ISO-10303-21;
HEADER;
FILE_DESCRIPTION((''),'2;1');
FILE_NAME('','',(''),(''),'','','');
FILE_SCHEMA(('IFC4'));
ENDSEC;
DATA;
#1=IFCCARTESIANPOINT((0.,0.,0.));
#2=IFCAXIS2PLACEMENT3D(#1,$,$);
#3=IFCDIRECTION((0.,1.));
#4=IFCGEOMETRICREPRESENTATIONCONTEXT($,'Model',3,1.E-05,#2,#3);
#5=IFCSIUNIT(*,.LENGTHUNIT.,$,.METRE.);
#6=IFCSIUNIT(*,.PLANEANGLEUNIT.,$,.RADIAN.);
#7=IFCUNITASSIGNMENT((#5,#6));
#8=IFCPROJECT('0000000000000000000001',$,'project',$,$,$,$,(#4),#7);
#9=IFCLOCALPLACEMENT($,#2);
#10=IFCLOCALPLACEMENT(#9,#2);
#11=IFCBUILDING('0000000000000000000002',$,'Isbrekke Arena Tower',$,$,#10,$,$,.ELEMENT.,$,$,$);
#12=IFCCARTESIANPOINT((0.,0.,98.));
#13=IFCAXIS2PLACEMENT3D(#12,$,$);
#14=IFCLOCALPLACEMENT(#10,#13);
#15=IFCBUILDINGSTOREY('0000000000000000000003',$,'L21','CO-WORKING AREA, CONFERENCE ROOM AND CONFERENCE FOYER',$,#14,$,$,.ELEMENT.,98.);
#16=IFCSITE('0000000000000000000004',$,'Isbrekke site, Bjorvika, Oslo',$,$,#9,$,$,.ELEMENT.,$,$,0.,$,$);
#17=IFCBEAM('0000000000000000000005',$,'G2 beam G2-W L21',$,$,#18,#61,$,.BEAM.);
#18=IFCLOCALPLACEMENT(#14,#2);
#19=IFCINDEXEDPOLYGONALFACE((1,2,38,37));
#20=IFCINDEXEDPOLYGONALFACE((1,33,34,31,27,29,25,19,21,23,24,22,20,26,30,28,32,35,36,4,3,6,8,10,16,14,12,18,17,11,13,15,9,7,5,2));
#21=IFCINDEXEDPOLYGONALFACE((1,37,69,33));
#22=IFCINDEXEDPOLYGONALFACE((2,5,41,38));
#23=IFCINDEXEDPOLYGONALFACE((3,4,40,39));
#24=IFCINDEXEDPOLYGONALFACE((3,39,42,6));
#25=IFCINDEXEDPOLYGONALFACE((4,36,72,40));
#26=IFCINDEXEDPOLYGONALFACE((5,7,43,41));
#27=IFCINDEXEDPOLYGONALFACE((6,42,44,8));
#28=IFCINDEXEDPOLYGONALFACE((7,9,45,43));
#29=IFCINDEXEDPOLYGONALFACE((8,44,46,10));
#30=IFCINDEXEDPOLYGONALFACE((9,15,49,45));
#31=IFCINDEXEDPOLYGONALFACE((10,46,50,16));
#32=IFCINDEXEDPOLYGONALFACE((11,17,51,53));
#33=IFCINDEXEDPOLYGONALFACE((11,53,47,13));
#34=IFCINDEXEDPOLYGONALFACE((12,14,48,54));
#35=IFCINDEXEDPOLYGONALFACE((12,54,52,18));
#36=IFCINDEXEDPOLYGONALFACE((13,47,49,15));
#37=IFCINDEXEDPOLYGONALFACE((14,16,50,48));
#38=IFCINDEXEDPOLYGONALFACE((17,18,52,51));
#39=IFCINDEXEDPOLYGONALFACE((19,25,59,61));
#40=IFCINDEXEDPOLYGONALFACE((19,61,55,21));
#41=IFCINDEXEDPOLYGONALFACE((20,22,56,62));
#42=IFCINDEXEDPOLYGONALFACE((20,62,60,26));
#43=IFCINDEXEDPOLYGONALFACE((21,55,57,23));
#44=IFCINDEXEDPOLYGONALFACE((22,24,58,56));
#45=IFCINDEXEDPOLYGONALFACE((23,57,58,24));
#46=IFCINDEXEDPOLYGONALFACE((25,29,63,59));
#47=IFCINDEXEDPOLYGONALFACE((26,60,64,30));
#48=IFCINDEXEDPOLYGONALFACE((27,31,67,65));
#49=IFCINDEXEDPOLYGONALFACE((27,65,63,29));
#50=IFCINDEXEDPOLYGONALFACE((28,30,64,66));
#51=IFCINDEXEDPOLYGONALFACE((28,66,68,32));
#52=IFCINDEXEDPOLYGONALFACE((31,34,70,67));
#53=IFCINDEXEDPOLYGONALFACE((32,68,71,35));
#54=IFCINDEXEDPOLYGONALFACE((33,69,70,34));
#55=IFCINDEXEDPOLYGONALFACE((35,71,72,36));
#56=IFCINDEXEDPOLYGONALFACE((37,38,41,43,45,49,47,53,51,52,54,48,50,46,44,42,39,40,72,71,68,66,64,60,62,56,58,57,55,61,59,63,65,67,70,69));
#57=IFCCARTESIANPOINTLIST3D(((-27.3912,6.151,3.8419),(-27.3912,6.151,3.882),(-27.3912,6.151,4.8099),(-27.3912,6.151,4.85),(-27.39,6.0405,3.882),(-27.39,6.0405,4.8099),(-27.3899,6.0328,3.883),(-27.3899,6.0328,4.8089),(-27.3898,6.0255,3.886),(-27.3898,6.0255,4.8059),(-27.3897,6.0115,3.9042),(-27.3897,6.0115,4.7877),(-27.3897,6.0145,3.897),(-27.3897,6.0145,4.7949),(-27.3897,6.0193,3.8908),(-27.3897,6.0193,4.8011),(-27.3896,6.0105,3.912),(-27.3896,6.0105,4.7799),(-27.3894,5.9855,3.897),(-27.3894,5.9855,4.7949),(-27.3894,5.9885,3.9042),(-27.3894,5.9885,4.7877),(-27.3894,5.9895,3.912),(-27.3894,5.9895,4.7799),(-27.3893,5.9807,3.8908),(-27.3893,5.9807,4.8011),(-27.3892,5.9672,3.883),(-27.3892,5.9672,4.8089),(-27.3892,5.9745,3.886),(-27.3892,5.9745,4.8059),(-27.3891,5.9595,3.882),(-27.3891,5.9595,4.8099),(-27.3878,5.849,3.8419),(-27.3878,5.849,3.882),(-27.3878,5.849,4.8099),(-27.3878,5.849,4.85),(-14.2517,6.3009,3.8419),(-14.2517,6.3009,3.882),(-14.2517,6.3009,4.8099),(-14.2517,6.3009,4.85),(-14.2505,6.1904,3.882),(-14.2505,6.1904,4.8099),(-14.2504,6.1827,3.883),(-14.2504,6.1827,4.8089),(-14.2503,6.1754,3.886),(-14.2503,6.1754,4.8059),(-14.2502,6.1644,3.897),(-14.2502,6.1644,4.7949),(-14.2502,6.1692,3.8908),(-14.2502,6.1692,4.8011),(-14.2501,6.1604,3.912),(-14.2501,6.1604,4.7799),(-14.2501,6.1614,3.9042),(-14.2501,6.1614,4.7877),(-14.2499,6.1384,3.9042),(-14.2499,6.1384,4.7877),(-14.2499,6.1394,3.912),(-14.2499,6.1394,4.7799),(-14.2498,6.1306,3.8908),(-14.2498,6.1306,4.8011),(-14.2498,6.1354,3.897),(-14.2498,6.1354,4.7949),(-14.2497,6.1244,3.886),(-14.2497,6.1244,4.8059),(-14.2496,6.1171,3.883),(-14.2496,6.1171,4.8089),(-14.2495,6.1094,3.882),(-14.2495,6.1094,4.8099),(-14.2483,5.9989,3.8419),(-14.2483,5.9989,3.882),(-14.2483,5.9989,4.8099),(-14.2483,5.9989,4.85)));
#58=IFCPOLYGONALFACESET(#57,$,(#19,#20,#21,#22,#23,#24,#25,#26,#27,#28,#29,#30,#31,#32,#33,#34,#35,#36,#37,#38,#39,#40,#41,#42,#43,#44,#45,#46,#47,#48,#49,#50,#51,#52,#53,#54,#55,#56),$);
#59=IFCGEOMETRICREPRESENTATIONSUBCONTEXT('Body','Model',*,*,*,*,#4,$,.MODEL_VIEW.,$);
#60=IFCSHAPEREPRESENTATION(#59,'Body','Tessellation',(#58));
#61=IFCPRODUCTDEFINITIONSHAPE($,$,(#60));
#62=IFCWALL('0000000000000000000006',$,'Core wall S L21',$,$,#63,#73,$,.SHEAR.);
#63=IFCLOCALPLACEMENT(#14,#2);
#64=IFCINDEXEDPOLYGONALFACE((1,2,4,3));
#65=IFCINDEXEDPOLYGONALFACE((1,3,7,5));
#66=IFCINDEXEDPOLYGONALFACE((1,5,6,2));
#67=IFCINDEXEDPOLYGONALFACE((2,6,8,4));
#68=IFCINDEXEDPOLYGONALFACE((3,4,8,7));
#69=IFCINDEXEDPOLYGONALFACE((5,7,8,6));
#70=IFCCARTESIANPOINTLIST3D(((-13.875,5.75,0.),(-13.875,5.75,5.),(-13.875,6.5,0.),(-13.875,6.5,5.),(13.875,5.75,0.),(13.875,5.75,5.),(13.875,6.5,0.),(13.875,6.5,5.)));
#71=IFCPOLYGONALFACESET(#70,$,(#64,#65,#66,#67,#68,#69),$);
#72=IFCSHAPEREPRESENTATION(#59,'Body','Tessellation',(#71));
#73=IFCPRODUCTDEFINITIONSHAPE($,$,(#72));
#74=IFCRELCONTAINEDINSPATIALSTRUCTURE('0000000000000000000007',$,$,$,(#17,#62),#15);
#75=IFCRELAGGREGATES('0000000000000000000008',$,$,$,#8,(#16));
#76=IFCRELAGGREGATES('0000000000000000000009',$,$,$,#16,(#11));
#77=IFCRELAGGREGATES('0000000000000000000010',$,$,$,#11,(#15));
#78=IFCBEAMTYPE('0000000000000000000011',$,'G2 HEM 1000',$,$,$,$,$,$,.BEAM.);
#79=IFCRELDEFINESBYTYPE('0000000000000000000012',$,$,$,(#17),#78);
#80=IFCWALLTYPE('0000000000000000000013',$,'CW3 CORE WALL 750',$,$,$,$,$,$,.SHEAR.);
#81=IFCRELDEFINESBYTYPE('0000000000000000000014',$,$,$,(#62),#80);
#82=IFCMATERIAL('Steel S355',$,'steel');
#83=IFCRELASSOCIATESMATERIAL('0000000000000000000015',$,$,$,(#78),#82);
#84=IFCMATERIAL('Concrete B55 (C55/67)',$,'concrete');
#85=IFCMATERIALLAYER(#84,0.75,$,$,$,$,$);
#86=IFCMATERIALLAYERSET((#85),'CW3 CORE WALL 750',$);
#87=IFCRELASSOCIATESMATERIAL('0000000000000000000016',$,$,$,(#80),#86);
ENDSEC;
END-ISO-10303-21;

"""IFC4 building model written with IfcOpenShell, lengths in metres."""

from ifc_helpers import new_model, si_unit, direction, frame, frame_2d, origin, origin_2d, place, context, subcontext, project, spatial, rectangle, i_section, extrude, material, layer, layer_set, material_profile, profile_set, type_object, element, save


model = new_model("IFC4")

# Units and contexts
model_context = context("Model", 3, precision=1e-05, world=origin(), true_north=direction((0.0, 1.0)))
body_context = subcontext(model_context, "Body", "Model", "MODEL_VIEW")
ifc_project = project(units=[si_unit("LENGTHUNIT", "METRE"), si_unit("PLANEANGLEUNIT", "RADIAN")], contexts=[model_context])

# Site, building, storey
site_placement = place(None, origin())
site = spatial("IfcSite", under=ifc_project, at=site_placement, Name="Isbrekke site, Bjorvika, Oslo", CompositionType="ELEMENT", RefElevation=0.0)
building_placement = place(site_placement, origin())
building = spatial("IfcBuilding", under=site, at=building_placement, Name="Isbrekke Arena Tower", CompositionType="ELEMENT")
storey_placement = place(building_placement, frame((0.0, 0.0, 98.0)))
storey = spatial("IfcBuildingStorey", under=building, at=storey_placement, Name="L21", Description="CO-WORKING AREA, CONFERENCE ROOM AND CONFERENCE FOYER", CompositionType="ELEMENT", Elevation=98.0)

# Beam
ifc_material_1 = material(Name="Steel S355", Category="steel")
ifc_material_profile = material_profile(ifc_material_1, i_section(OverallWidth=0.302, OverallDepth=1.0081, WebThickness=0.021, FlangeThickness=0.04, FilletRadius=0.03, at=origin_2d()), Name="HEM 1000")
ifc_profile_set = profile_set([ifc_material_profile], Name="Steel S355")
beam_type = type_object("IfcBeamType", Name="G2 HEM 1000", PredefinedType="BEAM", material=ifc_profile_set)
beam_placement = place(storey_placement, frame((-14.25, 6.1499, 4.3459), z_axis=(-0.999935, -0.011408, 0.0), x_axis=(0.011408, -0.999935, 0.0)))
element("IfcBeam", 1, at=beam_placement, inside=storey, type_object=beam_type, Name="G2 beam G2-W L21", PredefinedType="BEAM", context=body_context, shape_type="SweptSolid", body=[
    extrude(i_section(OverallWidth=0.302, OverallDepth=1.0081, WebThickness=0.021, FlangeThickness=0.04, FilletRadius=0.03, at=origin_2d()), origin(), (0.0, 0.0, 1.0), 13.1404),
])

# Wall
ifc_material_2 = material(Name="Concrete B55 (C55/67)", Category="concrete")
ifc_layer_1 = layer(ifc_material_2, 0.75)
ifc_layer_set_1 = layer_set([ifc_layer_1], Name="CW3 CORE WALL 750")
wall_type_1 = type_object("IfcWallType", Name="CW3 CORE WALL 750", PredefinedType="SHEAR", material=ifc_layer_set_1)
wall_1_placement = place(storey_placement, frame((-13.875, 6.125, 0.0), z_axis=(0.0, 0.0, 1.0), x_axis=(1.0, 0.0, 0.0)))
element("IfcWall", 2, at=wall_1_placement, inside=storey, type_object=wall_type_1, Name="Core wall S L21", PredefinedType="SHEAR", context=body_context, shape_type="SweptSolid", body=[
    extrude(rectangle(XDim=27.75, YDim=0.75, at=frame_2d((13.875, 0.0))), origin(), (0.0, 0.0, 1.0), 5.0),
])

save(model, "model.ifc")
